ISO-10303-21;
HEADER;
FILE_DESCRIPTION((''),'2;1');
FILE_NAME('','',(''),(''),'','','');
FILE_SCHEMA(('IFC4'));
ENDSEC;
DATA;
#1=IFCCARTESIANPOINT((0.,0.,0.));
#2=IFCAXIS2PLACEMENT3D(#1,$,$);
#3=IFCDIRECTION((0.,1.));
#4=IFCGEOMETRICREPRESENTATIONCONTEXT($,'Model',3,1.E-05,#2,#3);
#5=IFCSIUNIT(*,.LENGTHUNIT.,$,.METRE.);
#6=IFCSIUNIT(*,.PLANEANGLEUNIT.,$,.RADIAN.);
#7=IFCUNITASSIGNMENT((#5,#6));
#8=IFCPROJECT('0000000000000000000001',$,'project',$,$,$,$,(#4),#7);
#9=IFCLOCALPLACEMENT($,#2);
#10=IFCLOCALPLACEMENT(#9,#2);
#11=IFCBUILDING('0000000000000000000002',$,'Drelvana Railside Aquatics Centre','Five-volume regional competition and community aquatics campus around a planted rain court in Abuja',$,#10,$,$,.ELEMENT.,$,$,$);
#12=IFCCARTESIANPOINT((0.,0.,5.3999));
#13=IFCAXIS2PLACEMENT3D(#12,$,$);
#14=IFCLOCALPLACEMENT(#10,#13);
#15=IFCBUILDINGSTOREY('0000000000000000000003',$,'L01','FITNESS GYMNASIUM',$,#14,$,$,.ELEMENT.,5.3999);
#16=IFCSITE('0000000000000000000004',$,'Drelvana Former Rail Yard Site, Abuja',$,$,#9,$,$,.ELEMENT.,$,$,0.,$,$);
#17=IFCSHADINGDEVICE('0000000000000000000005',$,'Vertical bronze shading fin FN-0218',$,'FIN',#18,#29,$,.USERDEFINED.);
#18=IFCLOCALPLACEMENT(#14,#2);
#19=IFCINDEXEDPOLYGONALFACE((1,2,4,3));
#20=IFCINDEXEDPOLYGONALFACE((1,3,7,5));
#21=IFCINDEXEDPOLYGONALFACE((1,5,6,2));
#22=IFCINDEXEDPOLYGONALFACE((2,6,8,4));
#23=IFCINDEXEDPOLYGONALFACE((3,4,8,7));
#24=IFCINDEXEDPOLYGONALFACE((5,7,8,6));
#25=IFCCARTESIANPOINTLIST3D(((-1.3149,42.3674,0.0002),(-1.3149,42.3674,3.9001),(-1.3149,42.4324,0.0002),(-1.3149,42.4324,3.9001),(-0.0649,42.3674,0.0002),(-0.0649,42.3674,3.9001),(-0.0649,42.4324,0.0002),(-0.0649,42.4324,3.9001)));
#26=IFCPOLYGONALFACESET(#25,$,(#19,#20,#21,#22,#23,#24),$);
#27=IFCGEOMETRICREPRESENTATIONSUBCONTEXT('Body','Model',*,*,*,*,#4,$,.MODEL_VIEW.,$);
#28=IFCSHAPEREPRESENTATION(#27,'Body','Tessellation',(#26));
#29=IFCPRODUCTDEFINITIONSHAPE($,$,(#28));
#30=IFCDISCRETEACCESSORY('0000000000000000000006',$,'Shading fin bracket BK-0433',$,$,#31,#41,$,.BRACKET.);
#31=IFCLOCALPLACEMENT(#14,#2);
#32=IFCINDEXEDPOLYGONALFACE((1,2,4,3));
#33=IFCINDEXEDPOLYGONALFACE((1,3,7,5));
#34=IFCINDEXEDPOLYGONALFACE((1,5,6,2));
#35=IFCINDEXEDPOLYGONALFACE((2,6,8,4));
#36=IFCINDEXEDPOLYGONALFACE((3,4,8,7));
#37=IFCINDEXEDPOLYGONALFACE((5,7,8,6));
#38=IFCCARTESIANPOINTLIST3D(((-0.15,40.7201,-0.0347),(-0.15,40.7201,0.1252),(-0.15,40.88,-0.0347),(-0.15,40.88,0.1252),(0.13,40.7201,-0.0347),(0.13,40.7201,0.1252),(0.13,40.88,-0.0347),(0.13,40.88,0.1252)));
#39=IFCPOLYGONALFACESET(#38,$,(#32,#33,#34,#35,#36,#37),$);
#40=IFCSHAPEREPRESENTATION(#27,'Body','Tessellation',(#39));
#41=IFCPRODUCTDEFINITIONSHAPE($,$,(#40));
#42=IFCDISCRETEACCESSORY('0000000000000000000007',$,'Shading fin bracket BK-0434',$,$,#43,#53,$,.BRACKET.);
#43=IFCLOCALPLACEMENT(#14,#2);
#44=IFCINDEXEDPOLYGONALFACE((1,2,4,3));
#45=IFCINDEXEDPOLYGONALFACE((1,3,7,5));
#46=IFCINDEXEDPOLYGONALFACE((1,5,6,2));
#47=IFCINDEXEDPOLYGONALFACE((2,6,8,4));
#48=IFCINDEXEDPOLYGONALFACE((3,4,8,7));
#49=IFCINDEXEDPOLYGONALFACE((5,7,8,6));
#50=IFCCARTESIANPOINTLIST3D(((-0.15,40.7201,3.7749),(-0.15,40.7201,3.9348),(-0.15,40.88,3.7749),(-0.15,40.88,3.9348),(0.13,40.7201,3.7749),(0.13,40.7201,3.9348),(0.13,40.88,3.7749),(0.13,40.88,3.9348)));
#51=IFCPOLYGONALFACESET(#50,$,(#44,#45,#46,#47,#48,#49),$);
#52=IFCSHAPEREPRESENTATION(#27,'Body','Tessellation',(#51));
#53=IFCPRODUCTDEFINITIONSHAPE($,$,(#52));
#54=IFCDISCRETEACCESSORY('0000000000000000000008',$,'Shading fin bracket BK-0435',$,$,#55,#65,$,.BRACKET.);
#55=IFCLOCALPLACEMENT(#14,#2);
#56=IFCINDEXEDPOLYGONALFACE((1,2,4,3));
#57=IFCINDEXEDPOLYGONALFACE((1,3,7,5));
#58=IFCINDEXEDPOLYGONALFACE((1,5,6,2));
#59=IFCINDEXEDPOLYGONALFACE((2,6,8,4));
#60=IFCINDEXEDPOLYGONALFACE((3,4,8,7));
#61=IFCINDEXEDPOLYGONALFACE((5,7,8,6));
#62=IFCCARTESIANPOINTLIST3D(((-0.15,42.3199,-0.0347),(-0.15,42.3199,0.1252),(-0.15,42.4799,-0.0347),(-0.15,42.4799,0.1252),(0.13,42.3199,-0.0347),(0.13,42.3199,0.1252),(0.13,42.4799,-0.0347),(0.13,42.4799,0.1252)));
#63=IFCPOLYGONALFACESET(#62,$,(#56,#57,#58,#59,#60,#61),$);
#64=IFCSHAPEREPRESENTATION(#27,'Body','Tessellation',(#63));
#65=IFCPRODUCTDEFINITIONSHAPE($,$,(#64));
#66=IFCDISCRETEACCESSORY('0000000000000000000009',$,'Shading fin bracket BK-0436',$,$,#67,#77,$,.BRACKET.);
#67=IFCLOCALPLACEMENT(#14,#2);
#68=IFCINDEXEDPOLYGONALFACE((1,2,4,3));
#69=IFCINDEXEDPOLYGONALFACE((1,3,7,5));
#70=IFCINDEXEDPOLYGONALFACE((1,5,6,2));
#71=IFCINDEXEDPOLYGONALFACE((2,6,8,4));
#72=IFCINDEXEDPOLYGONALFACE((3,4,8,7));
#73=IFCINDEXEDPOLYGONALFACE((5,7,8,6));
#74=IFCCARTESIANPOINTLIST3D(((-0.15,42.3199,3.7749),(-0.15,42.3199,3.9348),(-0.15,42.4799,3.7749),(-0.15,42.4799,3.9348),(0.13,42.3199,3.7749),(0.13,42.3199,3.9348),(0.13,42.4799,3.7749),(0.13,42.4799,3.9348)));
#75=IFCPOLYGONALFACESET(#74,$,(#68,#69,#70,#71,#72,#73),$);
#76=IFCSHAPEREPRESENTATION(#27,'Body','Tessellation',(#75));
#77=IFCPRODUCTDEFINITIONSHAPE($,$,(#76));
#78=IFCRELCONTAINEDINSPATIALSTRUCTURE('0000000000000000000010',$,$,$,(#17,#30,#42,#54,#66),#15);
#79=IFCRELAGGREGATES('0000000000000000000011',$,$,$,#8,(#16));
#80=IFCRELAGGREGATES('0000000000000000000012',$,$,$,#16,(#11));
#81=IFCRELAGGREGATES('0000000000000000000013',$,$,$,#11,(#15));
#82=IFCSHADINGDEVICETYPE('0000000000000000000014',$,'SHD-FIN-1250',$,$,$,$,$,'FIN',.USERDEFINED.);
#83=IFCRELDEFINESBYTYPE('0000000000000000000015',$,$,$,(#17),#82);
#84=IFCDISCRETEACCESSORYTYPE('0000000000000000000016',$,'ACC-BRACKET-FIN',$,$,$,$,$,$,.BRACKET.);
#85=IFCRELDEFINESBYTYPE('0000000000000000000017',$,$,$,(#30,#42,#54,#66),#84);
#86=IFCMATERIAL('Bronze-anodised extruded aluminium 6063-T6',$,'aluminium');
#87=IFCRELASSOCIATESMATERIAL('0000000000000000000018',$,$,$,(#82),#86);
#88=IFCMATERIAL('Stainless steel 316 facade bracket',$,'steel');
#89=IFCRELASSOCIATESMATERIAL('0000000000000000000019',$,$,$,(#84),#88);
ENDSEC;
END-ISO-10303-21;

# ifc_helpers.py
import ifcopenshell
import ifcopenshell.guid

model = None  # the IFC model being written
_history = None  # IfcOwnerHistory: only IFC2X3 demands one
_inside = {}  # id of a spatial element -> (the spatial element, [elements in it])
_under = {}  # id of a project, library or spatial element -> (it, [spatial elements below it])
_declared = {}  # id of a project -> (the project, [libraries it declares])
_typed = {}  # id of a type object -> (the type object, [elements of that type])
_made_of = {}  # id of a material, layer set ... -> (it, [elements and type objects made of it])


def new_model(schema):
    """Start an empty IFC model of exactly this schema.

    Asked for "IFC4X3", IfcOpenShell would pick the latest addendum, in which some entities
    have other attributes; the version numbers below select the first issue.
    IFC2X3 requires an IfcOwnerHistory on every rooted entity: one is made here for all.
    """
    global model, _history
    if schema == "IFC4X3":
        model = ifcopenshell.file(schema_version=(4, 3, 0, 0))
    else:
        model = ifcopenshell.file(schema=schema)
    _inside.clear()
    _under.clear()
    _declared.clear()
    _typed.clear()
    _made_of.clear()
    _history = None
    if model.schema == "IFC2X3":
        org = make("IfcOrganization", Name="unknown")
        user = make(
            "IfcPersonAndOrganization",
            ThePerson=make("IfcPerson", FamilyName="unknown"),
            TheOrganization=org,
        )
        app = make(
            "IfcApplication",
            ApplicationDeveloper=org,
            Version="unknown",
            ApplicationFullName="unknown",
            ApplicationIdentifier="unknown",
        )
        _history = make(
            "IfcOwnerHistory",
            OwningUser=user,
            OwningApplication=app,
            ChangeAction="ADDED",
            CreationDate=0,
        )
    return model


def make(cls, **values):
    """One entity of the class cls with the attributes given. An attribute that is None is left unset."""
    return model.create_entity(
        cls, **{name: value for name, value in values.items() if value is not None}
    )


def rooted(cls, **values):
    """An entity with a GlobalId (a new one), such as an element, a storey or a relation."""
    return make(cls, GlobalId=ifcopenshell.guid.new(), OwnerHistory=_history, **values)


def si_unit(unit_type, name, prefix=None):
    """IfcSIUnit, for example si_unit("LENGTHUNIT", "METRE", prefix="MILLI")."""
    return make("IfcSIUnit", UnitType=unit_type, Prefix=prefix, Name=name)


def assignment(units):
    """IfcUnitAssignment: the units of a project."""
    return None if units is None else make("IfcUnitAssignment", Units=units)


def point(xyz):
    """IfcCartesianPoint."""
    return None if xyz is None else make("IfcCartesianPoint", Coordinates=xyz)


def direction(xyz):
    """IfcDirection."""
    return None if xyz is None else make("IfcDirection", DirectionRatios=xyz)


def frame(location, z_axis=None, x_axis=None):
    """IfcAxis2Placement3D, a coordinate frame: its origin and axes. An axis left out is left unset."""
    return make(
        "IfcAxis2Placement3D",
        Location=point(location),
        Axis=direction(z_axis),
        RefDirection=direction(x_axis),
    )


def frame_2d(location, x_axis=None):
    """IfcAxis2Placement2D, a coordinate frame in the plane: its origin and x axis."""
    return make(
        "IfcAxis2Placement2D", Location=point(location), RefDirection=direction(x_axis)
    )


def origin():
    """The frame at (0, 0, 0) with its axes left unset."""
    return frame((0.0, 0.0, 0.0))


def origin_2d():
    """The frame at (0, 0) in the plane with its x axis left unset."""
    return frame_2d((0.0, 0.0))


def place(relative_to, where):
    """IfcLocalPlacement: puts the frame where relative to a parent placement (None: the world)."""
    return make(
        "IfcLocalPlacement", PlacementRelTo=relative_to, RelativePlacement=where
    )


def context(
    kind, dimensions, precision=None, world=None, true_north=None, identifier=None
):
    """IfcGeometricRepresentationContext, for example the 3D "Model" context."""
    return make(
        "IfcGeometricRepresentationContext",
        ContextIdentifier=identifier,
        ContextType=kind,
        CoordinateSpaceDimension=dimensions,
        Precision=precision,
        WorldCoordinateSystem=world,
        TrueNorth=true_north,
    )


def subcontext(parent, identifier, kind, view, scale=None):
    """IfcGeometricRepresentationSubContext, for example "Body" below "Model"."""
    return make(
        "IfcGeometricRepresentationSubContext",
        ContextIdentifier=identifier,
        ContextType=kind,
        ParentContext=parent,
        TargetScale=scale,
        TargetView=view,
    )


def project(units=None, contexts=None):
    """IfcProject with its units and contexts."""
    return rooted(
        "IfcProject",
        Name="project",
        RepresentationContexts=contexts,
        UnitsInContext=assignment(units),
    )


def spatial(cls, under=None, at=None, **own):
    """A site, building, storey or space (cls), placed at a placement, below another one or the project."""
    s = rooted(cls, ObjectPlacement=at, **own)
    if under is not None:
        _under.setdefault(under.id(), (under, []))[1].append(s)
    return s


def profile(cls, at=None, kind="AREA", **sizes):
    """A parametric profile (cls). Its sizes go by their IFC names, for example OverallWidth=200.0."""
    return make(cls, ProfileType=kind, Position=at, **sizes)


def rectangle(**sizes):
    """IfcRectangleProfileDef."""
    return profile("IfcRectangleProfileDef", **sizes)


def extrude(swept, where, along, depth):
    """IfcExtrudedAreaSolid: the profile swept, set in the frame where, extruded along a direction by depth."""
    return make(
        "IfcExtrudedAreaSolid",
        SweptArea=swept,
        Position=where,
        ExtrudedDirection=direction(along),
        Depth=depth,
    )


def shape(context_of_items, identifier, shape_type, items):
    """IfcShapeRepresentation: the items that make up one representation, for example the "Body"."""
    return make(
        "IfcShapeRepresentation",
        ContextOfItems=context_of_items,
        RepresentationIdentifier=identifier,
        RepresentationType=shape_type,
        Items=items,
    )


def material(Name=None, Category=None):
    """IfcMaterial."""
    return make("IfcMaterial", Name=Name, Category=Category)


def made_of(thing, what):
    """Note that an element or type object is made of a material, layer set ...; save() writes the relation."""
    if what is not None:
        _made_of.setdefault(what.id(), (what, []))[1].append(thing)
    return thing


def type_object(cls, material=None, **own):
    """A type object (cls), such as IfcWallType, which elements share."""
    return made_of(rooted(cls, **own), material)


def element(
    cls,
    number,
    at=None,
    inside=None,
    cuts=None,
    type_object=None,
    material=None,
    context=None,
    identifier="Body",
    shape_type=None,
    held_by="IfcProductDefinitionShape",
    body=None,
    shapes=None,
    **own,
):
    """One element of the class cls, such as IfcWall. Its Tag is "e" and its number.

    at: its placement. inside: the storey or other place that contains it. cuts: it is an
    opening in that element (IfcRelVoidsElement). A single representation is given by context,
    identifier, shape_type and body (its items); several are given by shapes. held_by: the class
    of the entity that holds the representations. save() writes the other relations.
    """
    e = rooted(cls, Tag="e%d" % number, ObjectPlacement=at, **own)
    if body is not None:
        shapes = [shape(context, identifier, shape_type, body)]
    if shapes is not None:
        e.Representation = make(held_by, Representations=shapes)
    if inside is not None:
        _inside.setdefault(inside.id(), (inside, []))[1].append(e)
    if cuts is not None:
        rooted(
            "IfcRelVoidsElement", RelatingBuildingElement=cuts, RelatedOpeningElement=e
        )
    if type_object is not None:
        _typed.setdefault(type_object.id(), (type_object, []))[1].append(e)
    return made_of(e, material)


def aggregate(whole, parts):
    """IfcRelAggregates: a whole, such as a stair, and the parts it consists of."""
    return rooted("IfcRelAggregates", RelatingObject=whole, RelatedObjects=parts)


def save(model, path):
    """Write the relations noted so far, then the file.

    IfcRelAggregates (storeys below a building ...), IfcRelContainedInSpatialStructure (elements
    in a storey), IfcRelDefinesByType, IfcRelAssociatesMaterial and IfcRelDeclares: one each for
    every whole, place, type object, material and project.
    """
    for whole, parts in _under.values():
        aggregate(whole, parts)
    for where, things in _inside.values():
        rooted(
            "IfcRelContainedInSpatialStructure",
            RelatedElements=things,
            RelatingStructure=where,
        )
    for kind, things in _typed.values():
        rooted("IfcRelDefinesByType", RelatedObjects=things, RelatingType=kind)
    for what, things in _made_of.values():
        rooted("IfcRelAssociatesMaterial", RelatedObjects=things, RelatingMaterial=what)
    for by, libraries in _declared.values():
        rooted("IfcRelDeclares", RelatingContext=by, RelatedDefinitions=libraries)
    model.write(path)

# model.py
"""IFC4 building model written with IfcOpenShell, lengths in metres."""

from ifc_helpers import new_model, si_unit, direction, frame, origin, origin_2d, place, context, subcontext, project, spatial, rectangle, extrude, material, type_object, element, save


model = new_model("IFC4")

# Units and contexts
model_context = context("Model", 3, precision=1e-05, world=origin(), true_north=direction((0.0, 1.0)))
body_context = subcontext(model_context, "Body", "Model", "MODEL_VIEW")
ifc_project = project(units=[si_unit("LENGTHUNIT", "METRE"), si_unit("PLANEANGLEUNIT", "RADIAN")], contexts=[model_context])

# Site, building, storey
site_placement = place(None, origin())
site = spatial("IfcSite", under=ifc_project, at=site_placement, Name="Drelvana Former Rail Yard Site, Abuja", CompositionType="ELEMENT", RefElevation=0.0)
building_placement = place(site_placement, origin())
building = spatial("IfcBuilding", under=site, at=building_placement, Name="Drelvana Railside Aquatics Centre", Description="Five-volume regional competition and community aquatics campus around a planted rain court in Abuja", CompositionType="ELEMENT")
storey_placement = place(building_placement, frame((0.0, 0.0, 5.3999)))
storey = spatial("IfcBuildingStorey", under=building, at=storey_placement, Name="L01", Description="FITNESS GYMNASIUM", CompositionType="ELEMENT", Elevation=5.3999)

# Shared definitions
ifc_material_1 = material(Name="Bronze-anodised extruded aluminium 6063-T6", Category="aluminium")

# Shading device
shading_device_type = type_object("IfcShadingDeviceType", Name="SHD-FIN-1250", ElementType="FIN", PredefinedType="USERDEFINED", material=ifc_material_1)
for number, where, z_axis, x_axis, name in (
    (1, (-0.6899, 42.3999, 0.0002), (0.0, 0.0, 1.0), (-1.0, 0.0, 0.0), "Vertical bronze shading fin FN-0218"),
):
    element("IfcShadingDevice", number, at=place(storey_placement, frame(where, z_axis=z_axis, x_axis=x_axis)), inside=storey, type_object=shading_device_type, Name=name, ObjectType="FIN", PredefinedType="USERDEFINED", context=body_context, shape_type="SweptSolid", body=[
        extrude(rectangle(XDim=1.25, YDim=0.0649, at=origin_2d()), origin(), (0.0, 0.0, 1.0), 3.8999),
    ])

# Discrete accessories
ifc_material_2 = material(Name="Stainless steel 316 facade bracket", Category="steel")
discrete_accessory_type = type_object("IfcDiscreteAccessoryType", Name="ACC-BRACKET-FIN", PredefinedType="BRACKET", material=ifc_material_2)
for number, where, z_axis, x_axis, name in (
    (2, (-0.01, 40.8, -0.0347), (0.0, 0.0, 1.0), (-1.0, 0.0, 0.0), "Shading fin bracket BK-0433"),
    (3, (-0.01, 40.8, 3.7749), (0.0, 0.0, 1.0), (-1.0, 0.0, 0.0), "Shading fin bracket BK-0434"),
    (4, (-0.01, 42.3999, -0.0347), (0.0, 0.0, 1.0), (-1.0, 0.0, 0.0), "Shading fin bracket BK-0435"),
    (5, (-0.01, 42.3999, 3.7749), (0.0, 0.0, 1.0), (-1.0, 0.0, 0.0), "Shading fin bracket BK-0436"),
):
    element("IfcDiscreteAccessory", number, at=place(storey_placement, frame(where, z_axis=z_axis, x_axis=x_axis)), inside=storey, type_object=discrete_accessory_type, Name=name, PredefinedType="BRACKET", context=body_context, shape_type="SweptSolid", body=[
        extrude(rectangle(XDim=0.28, YDim=0.1599, at=origin_2d()), origin(), (0.0, 0.0, 1.0), 0.1599),
    ])

save(model, "model.ifc")
